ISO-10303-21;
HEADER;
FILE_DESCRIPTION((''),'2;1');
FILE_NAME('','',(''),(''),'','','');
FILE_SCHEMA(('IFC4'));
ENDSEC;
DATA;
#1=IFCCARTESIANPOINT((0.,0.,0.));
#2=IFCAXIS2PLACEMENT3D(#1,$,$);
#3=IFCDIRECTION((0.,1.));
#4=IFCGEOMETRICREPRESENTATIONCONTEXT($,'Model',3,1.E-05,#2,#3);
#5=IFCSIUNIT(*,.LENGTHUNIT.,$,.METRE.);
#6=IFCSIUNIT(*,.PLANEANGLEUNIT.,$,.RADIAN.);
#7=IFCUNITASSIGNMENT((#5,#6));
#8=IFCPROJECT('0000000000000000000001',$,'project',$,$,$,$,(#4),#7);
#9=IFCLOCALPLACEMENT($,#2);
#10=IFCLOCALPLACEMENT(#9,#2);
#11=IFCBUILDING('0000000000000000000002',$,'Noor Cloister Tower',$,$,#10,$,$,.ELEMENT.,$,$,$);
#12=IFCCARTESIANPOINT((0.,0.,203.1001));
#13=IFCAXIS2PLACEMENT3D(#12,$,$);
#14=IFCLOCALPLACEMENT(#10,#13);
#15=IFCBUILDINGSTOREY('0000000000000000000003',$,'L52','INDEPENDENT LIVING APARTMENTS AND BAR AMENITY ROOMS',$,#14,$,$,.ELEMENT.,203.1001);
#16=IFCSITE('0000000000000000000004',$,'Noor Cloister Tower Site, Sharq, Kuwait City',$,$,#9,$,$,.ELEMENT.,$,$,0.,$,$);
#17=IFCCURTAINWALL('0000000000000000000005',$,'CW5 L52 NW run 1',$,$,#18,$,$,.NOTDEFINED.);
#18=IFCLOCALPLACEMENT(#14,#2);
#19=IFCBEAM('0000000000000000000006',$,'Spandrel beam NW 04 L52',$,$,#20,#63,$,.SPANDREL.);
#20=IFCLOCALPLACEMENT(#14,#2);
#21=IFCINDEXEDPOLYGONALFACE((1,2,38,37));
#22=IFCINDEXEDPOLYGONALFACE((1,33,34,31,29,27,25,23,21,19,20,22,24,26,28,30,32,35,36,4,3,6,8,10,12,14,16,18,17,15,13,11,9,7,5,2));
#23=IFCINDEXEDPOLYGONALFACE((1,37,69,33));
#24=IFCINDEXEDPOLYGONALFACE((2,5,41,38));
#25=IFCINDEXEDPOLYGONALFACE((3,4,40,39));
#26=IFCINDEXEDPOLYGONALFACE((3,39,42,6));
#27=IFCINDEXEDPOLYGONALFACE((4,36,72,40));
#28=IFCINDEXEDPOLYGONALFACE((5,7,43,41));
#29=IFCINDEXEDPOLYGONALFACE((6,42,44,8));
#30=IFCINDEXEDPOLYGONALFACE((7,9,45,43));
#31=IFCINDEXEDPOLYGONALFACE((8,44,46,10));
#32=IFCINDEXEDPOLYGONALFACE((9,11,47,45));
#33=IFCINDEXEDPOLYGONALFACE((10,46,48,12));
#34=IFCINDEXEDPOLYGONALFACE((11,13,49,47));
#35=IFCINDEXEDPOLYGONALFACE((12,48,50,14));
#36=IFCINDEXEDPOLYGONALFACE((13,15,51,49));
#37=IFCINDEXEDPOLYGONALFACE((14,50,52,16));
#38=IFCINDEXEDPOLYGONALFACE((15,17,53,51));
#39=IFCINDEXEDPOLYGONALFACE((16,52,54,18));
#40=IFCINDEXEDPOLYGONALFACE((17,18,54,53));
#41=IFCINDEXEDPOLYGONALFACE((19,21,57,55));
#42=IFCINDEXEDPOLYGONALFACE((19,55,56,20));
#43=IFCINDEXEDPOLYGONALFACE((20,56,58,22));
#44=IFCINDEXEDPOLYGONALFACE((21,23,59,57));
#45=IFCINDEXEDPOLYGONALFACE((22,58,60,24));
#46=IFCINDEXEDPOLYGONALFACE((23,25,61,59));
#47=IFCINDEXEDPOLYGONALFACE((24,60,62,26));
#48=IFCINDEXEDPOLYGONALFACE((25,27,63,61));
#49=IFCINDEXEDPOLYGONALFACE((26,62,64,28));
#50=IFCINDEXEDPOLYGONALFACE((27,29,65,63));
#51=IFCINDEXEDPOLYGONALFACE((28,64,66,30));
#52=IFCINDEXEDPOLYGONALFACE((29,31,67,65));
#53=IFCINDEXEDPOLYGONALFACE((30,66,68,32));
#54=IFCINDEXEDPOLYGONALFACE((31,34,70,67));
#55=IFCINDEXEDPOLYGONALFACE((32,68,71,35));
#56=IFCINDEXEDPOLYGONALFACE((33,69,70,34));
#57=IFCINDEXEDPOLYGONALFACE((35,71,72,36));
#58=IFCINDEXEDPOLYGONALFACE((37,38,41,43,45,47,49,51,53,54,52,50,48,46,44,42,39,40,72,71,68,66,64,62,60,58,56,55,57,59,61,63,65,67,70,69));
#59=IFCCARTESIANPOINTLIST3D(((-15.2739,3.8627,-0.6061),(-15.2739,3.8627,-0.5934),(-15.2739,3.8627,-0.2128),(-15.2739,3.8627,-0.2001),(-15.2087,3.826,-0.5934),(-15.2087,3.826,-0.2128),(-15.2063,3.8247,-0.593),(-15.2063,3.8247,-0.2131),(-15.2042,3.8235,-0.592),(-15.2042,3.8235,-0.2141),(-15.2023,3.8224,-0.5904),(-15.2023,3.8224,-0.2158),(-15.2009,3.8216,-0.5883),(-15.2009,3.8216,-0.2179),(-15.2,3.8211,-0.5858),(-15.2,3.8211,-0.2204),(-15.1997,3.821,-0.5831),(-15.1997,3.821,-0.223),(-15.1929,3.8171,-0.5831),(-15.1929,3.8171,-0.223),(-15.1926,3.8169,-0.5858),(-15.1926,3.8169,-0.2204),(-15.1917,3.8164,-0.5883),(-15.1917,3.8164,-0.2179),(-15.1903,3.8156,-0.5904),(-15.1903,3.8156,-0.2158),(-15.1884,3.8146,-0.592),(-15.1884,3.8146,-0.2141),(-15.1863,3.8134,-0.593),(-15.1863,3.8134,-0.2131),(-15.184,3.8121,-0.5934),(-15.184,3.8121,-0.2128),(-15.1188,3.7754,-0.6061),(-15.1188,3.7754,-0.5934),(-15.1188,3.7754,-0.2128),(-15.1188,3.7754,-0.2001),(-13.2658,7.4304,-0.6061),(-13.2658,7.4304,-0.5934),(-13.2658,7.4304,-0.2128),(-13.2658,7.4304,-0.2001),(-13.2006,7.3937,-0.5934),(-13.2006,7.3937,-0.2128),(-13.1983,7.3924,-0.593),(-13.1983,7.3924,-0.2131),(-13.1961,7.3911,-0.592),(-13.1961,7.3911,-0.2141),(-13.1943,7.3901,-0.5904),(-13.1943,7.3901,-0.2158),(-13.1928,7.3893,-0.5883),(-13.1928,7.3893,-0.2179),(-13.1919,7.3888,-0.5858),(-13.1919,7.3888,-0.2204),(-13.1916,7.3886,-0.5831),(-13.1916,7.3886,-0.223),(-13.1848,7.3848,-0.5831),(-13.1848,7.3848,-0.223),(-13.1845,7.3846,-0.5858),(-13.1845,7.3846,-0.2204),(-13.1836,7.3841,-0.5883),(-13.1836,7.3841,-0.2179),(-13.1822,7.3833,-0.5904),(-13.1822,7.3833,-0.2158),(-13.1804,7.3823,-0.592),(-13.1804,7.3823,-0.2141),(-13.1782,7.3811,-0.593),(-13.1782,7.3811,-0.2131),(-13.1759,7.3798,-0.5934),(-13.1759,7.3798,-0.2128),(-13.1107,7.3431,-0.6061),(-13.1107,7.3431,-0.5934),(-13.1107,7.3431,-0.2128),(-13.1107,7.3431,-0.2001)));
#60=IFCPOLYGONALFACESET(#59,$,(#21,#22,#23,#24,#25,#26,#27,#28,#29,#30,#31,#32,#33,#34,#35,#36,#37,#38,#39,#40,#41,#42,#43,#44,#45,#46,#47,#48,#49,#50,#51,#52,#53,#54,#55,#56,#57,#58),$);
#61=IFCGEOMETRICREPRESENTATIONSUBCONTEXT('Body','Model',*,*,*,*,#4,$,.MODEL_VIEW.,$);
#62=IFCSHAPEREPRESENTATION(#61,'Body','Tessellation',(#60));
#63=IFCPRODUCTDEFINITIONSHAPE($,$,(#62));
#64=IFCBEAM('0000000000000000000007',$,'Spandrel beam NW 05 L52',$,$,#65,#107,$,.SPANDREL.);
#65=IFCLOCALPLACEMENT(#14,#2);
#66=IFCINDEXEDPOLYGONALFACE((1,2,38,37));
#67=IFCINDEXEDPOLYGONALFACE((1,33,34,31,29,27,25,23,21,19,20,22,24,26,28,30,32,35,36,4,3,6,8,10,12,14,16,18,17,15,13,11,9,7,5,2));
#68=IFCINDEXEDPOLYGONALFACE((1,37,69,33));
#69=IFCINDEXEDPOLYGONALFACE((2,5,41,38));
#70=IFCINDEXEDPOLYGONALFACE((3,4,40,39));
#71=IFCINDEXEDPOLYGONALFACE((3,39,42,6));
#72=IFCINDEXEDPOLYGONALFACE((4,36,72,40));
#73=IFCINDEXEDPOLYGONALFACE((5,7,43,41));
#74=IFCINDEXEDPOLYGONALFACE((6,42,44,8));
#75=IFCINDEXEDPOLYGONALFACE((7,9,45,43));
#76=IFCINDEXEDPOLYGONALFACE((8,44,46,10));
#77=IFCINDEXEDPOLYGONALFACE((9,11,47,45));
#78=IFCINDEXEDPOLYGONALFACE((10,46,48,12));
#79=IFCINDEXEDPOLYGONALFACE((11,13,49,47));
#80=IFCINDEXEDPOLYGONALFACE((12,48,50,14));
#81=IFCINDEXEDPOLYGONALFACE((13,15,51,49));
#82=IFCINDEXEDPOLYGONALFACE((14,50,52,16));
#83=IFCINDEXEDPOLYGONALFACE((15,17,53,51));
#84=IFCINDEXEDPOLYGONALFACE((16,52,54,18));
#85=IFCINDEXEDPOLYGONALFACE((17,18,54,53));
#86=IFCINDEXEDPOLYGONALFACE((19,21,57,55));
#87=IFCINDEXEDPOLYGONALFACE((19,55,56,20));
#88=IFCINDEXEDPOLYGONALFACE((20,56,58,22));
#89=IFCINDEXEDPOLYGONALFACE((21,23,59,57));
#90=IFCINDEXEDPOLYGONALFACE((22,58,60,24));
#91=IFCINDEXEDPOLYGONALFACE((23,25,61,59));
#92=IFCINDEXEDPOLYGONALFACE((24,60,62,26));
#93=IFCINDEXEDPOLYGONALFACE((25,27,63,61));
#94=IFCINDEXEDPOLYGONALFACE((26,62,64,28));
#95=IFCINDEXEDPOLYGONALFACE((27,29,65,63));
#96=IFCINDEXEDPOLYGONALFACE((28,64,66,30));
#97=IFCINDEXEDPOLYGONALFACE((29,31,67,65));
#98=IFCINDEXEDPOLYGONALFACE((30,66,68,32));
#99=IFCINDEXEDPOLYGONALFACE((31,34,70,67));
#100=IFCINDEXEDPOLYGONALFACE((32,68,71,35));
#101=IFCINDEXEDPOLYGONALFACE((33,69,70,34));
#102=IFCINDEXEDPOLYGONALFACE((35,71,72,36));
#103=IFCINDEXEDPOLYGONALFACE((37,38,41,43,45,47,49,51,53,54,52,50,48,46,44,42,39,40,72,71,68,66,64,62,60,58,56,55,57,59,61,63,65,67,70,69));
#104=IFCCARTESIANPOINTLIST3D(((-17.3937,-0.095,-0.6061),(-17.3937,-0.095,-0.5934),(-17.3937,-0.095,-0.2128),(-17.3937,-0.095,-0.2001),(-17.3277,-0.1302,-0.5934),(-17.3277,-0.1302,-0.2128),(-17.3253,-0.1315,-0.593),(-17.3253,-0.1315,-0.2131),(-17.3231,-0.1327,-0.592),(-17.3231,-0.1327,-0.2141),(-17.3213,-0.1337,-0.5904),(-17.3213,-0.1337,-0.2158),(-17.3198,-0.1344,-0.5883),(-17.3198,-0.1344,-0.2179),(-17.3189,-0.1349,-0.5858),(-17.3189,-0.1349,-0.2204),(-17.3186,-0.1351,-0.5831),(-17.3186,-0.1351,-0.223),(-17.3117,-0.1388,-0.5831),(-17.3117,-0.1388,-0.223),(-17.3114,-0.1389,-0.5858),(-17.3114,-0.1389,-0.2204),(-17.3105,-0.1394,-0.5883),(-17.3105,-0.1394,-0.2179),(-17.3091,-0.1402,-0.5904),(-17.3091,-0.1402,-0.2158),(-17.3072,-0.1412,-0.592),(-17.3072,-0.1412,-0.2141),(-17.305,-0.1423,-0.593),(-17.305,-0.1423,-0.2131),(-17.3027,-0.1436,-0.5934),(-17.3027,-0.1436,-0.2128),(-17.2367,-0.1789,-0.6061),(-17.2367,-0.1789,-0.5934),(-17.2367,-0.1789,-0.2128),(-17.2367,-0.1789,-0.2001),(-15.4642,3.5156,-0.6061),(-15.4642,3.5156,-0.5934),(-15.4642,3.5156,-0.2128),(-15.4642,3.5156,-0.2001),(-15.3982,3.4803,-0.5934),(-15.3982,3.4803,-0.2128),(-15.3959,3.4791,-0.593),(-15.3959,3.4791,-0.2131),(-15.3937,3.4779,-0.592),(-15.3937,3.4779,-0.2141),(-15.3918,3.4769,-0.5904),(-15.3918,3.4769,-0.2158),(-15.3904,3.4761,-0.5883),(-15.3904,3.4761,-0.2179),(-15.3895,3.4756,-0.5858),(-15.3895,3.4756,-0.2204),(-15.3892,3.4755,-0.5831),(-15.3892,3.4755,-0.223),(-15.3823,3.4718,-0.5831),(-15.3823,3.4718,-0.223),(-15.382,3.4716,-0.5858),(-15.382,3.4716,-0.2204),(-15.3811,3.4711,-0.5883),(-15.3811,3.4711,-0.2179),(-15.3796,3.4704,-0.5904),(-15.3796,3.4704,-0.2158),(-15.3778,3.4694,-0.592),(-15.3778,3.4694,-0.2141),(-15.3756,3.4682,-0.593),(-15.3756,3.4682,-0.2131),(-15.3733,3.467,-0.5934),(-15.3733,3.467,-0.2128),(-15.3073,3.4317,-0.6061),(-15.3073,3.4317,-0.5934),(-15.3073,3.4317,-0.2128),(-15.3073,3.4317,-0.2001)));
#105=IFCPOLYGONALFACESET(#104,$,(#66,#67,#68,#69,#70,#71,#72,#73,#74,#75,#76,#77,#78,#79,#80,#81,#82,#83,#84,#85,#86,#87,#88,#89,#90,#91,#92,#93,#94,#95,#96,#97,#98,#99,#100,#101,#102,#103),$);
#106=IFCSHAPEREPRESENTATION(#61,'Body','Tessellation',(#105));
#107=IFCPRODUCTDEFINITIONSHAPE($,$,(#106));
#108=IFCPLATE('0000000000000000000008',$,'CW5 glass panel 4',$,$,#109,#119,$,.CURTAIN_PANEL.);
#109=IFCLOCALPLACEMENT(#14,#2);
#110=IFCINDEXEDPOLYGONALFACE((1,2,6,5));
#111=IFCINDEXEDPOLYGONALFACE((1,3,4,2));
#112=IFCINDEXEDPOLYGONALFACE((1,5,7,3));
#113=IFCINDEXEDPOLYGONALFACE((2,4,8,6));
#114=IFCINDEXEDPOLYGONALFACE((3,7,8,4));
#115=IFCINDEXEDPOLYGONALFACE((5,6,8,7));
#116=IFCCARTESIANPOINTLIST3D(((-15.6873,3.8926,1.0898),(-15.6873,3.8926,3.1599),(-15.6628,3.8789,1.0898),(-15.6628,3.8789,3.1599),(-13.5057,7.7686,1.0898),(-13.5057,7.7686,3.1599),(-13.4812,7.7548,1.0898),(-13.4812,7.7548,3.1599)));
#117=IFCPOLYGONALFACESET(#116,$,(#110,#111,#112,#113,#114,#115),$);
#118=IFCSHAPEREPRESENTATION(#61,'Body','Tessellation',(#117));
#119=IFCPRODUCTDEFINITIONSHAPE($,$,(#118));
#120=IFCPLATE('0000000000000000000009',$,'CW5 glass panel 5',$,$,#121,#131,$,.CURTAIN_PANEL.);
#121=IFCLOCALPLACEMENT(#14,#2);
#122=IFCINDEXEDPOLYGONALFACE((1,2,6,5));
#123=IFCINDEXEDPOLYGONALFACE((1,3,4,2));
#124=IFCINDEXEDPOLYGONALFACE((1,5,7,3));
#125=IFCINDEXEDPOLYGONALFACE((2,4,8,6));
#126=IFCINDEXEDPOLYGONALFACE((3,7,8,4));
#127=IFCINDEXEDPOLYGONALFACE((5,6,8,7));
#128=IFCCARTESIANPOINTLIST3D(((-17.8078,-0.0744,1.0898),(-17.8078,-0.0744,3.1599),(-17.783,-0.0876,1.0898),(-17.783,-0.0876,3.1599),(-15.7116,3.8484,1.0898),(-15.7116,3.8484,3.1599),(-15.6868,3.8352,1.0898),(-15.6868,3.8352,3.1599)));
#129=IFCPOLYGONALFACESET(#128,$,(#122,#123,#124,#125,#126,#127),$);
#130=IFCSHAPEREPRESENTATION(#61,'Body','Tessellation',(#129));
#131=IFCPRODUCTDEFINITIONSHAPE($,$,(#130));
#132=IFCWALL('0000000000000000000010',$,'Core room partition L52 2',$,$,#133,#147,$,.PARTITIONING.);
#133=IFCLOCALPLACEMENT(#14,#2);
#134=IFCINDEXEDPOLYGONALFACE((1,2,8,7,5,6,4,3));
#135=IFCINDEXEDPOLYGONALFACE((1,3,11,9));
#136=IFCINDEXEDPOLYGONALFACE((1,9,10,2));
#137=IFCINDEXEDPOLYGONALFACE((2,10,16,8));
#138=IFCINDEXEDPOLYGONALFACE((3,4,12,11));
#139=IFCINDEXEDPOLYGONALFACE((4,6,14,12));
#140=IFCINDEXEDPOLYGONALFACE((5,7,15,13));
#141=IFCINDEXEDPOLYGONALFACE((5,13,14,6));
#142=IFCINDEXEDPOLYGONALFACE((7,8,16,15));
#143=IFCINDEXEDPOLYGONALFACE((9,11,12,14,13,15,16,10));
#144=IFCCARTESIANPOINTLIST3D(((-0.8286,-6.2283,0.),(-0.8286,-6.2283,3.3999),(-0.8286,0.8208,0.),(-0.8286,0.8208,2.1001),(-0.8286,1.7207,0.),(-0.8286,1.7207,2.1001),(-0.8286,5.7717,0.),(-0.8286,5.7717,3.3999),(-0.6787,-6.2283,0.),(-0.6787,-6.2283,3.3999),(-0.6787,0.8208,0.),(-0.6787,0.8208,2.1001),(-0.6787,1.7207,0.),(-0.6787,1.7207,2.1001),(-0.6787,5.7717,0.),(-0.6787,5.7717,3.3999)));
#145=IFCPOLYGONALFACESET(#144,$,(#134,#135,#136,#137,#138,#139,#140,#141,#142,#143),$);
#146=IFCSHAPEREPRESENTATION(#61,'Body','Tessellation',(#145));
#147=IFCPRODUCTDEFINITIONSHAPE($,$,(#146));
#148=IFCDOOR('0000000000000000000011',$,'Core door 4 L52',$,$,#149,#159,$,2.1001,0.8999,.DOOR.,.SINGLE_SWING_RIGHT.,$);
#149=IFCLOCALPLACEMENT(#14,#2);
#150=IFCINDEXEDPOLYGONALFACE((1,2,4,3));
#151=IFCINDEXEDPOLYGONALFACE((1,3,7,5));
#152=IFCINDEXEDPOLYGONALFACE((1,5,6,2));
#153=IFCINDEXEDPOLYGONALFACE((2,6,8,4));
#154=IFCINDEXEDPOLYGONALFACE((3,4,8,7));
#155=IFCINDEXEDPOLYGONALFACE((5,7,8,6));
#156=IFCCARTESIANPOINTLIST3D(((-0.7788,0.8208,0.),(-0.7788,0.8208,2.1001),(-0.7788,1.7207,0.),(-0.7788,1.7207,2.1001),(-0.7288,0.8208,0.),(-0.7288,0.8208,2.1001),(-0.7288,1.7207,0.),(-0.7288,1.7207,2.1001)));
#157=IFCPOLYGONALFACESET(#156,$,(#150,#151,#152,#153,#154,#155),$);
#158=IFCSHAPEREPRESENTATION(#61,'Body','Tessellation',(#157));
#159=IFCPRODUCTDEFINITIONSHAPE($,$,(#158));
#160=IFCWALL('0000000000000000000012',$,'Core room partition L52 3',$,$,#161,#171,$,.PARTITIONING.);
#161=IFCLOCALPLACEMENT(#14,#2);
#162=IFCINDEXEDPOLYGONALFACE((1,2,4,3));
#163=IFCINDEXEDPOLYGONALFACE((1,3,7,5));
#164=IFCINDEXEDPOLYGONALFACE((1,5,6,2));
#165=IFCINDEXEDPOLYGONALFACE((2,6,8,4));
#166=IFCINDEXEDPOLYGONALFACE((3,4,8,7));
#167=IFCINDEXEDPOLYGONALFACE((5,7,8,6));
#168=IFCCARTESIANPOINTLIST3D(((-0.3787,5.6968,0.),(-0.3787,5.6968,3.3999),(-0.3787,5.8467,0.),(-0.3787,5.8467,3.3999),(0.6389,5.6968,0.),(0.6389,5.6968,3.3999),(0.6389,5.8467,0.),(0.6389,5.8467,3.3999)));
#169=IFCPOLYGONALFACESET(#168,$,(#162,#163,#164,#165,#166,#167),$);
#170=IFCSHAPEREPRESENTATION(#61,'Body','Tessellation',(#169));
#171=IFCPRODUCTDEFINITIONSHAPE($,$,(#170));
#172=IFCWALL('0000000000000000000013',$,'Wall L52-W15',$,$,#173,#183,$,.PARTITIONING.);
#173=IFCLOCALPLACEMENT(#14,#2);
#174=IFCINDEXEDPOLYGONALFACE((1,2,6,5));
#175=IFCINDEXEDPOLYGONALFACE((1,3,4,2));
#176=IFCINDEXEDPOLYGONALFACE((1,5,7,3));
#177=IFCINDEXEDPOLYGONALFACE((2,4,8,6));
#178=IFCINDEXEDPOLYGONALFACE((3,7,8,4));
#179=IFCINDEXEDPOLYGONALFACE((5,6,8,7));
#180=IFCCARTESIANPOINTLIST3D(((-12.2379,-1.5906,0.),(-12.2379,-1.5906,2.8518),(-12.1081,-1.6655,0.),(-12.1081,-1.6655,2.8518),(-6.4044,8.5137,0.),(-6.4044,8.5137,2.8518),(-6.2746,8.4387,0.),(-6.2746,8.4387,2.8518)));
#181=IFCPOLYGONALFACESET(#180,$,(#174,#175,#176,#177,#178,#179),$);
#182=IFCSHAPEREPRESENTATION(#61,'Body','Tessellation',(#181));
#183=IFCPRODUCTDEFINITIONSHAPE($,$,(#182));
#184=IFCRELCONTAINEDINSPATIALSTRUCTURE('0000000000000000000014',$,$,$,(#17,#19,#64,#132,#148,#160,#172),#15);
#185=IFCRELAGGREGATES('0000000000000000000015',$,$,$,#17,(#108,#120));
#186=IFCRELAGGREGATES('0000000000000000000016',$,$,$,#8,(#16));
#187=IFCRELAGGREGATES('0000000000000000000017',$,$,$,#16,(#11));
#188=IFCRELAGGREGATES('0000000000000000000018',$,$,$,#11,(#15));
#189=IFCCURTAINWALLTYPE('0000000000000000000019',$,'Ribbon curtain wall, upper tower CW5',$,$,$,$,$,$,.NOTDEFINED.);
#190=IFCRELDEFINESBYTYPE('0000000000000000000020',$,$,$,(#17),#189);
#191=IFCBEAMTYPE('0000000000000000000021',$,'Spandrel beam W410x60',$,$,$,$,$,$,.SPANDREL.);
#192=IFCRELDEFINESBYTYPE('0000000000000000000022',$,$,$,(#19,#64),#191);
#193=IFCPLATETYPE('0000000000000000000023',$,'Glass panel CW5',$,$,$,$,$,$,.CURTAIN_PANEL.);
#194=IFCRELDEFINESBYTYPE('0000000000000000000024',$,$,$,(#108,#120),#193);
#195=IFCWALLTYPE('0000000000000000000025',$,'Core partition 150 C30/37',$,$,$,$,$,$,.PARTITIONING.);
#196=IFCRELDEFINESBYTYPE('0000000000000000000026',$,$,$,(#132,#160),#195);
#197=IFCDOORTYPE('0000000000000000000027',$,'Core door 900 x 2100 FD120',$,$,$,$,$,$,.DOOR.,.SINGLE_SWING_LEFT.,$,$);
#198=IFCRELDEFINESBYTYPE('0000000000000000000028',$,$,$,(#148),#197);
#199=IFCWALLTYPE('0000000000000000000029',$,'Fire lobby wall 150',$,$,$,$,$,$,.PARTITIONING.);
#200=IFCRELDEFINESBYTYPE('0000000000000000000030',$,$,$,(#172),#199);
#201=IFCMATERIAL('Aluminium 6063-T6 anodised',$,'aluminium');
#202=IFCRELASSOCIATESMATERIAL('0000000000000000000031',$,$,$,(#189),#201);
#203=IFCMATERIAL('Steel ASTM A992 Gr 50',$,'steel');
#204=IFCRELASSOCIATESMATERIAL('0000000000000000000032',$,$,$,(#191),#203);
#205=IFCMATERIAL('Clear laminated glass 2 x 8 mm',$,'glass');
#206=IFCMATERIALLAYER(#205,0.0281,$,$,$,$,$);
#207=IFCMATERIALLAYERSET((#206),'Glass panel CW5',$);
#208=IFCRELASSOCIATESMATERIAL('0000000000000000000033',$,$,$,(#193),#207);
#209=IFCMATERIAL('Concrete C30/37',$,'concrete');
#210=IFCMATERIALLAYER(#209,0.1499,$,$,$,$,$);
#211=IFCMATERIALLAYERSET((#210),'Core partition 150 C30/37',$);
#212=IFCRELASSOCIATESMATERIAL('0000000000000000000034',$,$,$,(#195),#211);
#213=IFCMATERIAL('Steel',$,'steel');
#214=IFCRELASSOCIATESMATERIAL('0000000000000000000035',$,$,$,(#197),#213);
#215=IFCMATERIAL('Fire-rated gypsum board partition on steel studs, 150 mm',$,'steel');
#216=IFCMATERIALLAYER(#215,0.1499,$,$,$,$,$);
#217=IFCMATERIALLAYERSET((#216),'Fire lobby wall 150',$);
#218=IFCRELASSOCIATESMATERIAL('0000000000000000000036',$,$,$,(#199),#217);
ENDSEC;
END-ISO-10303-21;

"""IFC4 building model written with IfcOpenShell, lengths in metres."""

from ifc_helpers import new_model, si_unit, direction, frame, frame_2d, origin, origin_2d, place, context, subcontext, project, spatial, rectangle, i_section, extrude, material, layer, layer_set, material_profile, profile_set, type_object, element, fill, aggregate, save


model = new_model("IFC4")

# Units and contexts
model_context = context("Model", 3, precision=1e-05, world=origin(), true_north=direction((0.0, 1.0)))
body_context = subcontext(model_context, "Body", "Model", "MODEL_VIEW")
ifc_project = project(units=[si_unit("LENGTHUNIT", "METRE"), si_unit("PLANEANGLEUNIT", "RADIAN")], contexts=[model_context])

# Site, building, storey
site_placement = place(None, origin())
site = spatial("IfcSite", under=ifc_project, at=site_placement, Name="Noor Cloister Tower Site, Sharq, Kuwait City", CompositionType="ELEMENT", RefElevation=0.0)
building_placement = place(site_placement, origin())
building = spatial("IfcBuilding", under=site, at=building_placement, Name="Noor Cloister Tower", CompositionType="ELEMENT")
storey_placement = place(building_placement, frame((0.0, 0.0, 203.1001)))
storey = spatial("IfcBuildingStorey", under=building, at=storey_placement, Name="L52", Description="INDEPENDENT LIVING APARTMENTS AND BAR AMENITY ROOMS", CompositionType="ELEMENT", Elevation=203.1001)

# Curtain wall
ifc_material_1 = material(Name="Aluminium 6063-T6 anodised", Category="aluminium")
curtain_wall_type = type_object("IfcCurtainWallType", Name="Ribbon curtain wall, upper tower CW5", PredefinedType="NOTDEFINED", material=ifc_material_1)
curtain_wall_1_placement = place(storey_placement, origin())
curtain_wall_1 = element("IfcCurtainWall", 1, at=curtain_wall_1_placement, inside=storey, type_object=curtain_wall_type, Name="CW5 L52 NW run 1", PredefinedType="NOTDEFINED")

# Beams
ifc_material_2 = material(Name="Steel ASTM A992 Gr 50", Category="steel")
ifc_material_profile_1 = material_profile(ifc_material_2, i_section(OverallWidth=0.178, OverallDepth=0.406, WebThickness=0.0078, FlangeThickness=0.0127, FilletRadius=0.0103, at=origin_2d()), Name="W410x60")
ifc_profile_set_1 = profile_set([ifc_material_profile_1], Name="Steel ASTM A992 Gr 50")
beam_type_1 = type_object("IfcBeamType", Name="Spandrel beam W410x60", PredefinedType="SPANDREL", material=ifc_profile_set_1)
beam_1_placement = place(storey_placement, frame((-13.1882, 7.3867, -0.4031), z_axis=(-0.490496, -0.871443, 0.0), x_axis=(0.871443, -0.490496, 0.0)))
element("IfcBeam", 2, at=beam_1_placement, inside=storey, type_object=beam_type_1, Name="Spandrel beam NW 04 L52", PredefinedType="SPANDREL", context=body_context, shape_type="SweptSolid", body=[
    extrude(i_section(OverallWidth=0.178, OverallDepth=0.406, WebThickness=0.0078, FlangeThickness=0.0127, FilletRadius=0.0103, at=origin_2d()), origin(), (0.0, 0.0, 1.0), 4.094),
])
beam_2_placement = place(storey_placement, frame((-15.3857, 3.4736, -0.4031), z_axis=(-0.471309, -0.881968, 0.0), x_axis=(0.881968, -0.471309, 0.0)))
element("IfcBeam", 3, at=beam_2_placement, inside=storey, type_object=beam_type_1, Name="Spandrel beam NW 05 L52", PredefinedType="SPANDREL", context=body_context, shape_type="SweptSolid", body=[
    extrude(i_section(OverallWidth=0.178, OverallDepth=0.406, WebThickness=0.0078, FlangeThickness=0.0127, FilletRadius=0.0103, at=origin_2d()), origin(), (0.0, 0.0, 1.0), 4.0938),
])

# Plates
ifc_material_3 = material(Name="Clear laminated glass 2 x 8 mm", Category="glass")
ifc_layer_1 = layer(ifc_material_3, 0.0281)
ifc_layer_set_1 = layer_set([ifc_layer_1], Name="Glass panel CW5")
plate_type = type_object("IfcPlateType", Name="Glass panel CW5", PredefinedType="CURTAIN_PANEL", material=ifc_layer_set_1)
plate_1_placement = place(storey_placement, frame((-14.5842, 5.8237, 1.0898), z_axis=(0.0, 0.0, 1.0), x_axis=(-0.490491, -0.871446, 0.0)))
plate_1 = element("IfcPlate", 4, at=plate_1_placement, type_object=plate_type, Name="CW5 glass panel 4", PredefinedType="CURTAIN_PANEL", context=body_context, shape_type="SweptSolid", body=[
    extrude(rectangle(XDim=4.4478, YDim=0.0281, at=origin_2d()), origin(), (0.0, 0.0, 1.0), 2.0701),
])
plate_2_placement = place(storey_placement, frame((-16.7473, 1.8804, 1.0898), z_axis=(0.0, 0.0, 1.0), x_axis=(-0.471298, -0.881974, 0.0)))
plate_2 = element("IfcPlate", 5, at=plate_2_placement, type_object=plate_type, Name="CW5 glass panel 5", PredefinedType="CURTAIN_PANEL", context=body_context, shape_type="SweptSolid", body=[
    extrude(rectangle(XDim=4.4478, YDim=0.0281, at=origin_2d()), origin(), (0.0, 0.0, 1.0), 2.0701),
])
aggregate(curtain_wall_1, [plate_1, plate_2])

# Wall, opening, door
ifc_material_4 = material(Name="Concrete C30/37", Category="concrete")
ifc_layer_2 = layer(ifc_material_4, 0.1499)
ifc_layer_set_2 = layer_set([ifc_layer_2], Name="Core partition 150 C30/37")
wall_type_1 = type_object("IfcWallType", Name="Core partition 150 C30/37", PredefinedType="PARTITIONING", material=ifc_layer_set_2)
wall_1_placement = place(storey_placement, frame((-0.7537, 5.7717, 0.0), z_axis=(0.0, 0.0, 1.0), x_axis=(0.0, -1.0, 0.0)))
wall_1 = element("IfcWall", 6, at=wall_1_placement, inside=storey, type_object=wall_type_1, Name="Core room partition L52 2", PredefinedType="PARTITIONING", context=body_context, shape_type="SweptSolid", body=[
    extrude(rectangle(XDim=12.0, YDim=0.1499, at=frame_2d((6.0, 0.0))), origin(), (0.0, 0.0, 1.0), 3.3999),
])
opening_placement = place(wall_1_placement, frame((4.051, 0.0, 0.0)))
opening = element("IfcOpeningElement", 7, at=opening_placement, cuts=wall_1, PredefinedType="OPENING", context=body_context, shape_type="SweptSolid", body=[
    extrude(rectangle(XDim=0.8999, YDim=2.1001, at=frame_2d((0.45, 1.05))), frame((0.0, 0.085, 0.0), z_axis=(0.0, -1.0, 0.0), x_axis=(1.0, 0.0, 0.0)), (0.0, 0.0, 1.0), 0.1699),
])
ifc_material_5 = material(Name="Steel", Category="steel")
door_type = type_object("IfcDoorType", Name="Core door 900 x 2100 FD120", OperationType="SINGLE_SWING_LEFT", PredefinedType="DOOR", material=ifc_material_5)
door_placement = place(opening_placement, origin())
door = element("IfcDoor", 8, at=door_placement, inside=storey, type_object=door_type, Name="Core door 4 L52", OperationType="SINGLE_SWING_RIGHT", OverallHeight=2.1001, OverallWidth=0.8999, PredefinedType="DOOR", context=body_context, shape_type="SweptSolid", body=[
    extrude(rectangle(XDim=0.8999, YDim=2.1001, at=frame_2d((0.45, 1.05))), frame((0.0, 0.0249, 0.0), z_axis=(0.0, -1.0, 0.0), x_axis=(1.0, 0.0, 0.0)), (0.0, 0.0, 1.0), 0.05),
])
fill(opening, door)

# Walls
wall_2_placement = place(storey_placement, frame((-0.3787, 5.7717, 0.0), z_axis=(0.0, 0.0, 1.0), x_axis=(1.0, 0.0, 0.0)))
element("IfcWall", 9, at=wall_2_placement, inside=storey, type_object=wall_type_1, Name="Core room partition L52 3", PredefinedType="PARTITIONING", context=body_context, shape_type="SweptSolid", body=[
    extrude(rectangle(XDim=1.0176, YDim=0.1499, at=frame_2d((0.5088, 0.0))), origin(), (0.0, 0.0, 1.0), 3.3999),
])
ifc_material_6 = material(Name="Fire-rated gypsum board partition on steel studs, 150 mm", Category="steel")
ifc_layer_3 = layer(ifc_material_6, 0.1499)
ifc_layer_set_3 = layer_set([ifc_layer_3], Name="Fire lobby wall 150")
wall_type_2 = type_object("IfcWallType", Name="Fire lobby wall 150", PredefinedType="PARTITIONING", material=ifc_layer_set_3)
wall_3_placement = place(storey_placement, frame((-6.3396, 8.4761, 0.0), z_axis=(0.0, 0.0, 1.0), x_axis=(-0.499988, -0.866033, 0.0)))
element("IfcWall", 10, at=wall_3_placement, inside=storey, type_object=wall_type_2, Name="Wall L52-W15", PredefinedType="PARTITIONING", context=body_context, shape_type="SweptSolid", body=[
    extrude(rectangle(XDim=11.6672, YDim=0.1499, at=frame_2d((5.8335, 0.0))), origin(), (0.0, 0.0, 1.0), 2.8518),
])

save(model, "model.ifc")
